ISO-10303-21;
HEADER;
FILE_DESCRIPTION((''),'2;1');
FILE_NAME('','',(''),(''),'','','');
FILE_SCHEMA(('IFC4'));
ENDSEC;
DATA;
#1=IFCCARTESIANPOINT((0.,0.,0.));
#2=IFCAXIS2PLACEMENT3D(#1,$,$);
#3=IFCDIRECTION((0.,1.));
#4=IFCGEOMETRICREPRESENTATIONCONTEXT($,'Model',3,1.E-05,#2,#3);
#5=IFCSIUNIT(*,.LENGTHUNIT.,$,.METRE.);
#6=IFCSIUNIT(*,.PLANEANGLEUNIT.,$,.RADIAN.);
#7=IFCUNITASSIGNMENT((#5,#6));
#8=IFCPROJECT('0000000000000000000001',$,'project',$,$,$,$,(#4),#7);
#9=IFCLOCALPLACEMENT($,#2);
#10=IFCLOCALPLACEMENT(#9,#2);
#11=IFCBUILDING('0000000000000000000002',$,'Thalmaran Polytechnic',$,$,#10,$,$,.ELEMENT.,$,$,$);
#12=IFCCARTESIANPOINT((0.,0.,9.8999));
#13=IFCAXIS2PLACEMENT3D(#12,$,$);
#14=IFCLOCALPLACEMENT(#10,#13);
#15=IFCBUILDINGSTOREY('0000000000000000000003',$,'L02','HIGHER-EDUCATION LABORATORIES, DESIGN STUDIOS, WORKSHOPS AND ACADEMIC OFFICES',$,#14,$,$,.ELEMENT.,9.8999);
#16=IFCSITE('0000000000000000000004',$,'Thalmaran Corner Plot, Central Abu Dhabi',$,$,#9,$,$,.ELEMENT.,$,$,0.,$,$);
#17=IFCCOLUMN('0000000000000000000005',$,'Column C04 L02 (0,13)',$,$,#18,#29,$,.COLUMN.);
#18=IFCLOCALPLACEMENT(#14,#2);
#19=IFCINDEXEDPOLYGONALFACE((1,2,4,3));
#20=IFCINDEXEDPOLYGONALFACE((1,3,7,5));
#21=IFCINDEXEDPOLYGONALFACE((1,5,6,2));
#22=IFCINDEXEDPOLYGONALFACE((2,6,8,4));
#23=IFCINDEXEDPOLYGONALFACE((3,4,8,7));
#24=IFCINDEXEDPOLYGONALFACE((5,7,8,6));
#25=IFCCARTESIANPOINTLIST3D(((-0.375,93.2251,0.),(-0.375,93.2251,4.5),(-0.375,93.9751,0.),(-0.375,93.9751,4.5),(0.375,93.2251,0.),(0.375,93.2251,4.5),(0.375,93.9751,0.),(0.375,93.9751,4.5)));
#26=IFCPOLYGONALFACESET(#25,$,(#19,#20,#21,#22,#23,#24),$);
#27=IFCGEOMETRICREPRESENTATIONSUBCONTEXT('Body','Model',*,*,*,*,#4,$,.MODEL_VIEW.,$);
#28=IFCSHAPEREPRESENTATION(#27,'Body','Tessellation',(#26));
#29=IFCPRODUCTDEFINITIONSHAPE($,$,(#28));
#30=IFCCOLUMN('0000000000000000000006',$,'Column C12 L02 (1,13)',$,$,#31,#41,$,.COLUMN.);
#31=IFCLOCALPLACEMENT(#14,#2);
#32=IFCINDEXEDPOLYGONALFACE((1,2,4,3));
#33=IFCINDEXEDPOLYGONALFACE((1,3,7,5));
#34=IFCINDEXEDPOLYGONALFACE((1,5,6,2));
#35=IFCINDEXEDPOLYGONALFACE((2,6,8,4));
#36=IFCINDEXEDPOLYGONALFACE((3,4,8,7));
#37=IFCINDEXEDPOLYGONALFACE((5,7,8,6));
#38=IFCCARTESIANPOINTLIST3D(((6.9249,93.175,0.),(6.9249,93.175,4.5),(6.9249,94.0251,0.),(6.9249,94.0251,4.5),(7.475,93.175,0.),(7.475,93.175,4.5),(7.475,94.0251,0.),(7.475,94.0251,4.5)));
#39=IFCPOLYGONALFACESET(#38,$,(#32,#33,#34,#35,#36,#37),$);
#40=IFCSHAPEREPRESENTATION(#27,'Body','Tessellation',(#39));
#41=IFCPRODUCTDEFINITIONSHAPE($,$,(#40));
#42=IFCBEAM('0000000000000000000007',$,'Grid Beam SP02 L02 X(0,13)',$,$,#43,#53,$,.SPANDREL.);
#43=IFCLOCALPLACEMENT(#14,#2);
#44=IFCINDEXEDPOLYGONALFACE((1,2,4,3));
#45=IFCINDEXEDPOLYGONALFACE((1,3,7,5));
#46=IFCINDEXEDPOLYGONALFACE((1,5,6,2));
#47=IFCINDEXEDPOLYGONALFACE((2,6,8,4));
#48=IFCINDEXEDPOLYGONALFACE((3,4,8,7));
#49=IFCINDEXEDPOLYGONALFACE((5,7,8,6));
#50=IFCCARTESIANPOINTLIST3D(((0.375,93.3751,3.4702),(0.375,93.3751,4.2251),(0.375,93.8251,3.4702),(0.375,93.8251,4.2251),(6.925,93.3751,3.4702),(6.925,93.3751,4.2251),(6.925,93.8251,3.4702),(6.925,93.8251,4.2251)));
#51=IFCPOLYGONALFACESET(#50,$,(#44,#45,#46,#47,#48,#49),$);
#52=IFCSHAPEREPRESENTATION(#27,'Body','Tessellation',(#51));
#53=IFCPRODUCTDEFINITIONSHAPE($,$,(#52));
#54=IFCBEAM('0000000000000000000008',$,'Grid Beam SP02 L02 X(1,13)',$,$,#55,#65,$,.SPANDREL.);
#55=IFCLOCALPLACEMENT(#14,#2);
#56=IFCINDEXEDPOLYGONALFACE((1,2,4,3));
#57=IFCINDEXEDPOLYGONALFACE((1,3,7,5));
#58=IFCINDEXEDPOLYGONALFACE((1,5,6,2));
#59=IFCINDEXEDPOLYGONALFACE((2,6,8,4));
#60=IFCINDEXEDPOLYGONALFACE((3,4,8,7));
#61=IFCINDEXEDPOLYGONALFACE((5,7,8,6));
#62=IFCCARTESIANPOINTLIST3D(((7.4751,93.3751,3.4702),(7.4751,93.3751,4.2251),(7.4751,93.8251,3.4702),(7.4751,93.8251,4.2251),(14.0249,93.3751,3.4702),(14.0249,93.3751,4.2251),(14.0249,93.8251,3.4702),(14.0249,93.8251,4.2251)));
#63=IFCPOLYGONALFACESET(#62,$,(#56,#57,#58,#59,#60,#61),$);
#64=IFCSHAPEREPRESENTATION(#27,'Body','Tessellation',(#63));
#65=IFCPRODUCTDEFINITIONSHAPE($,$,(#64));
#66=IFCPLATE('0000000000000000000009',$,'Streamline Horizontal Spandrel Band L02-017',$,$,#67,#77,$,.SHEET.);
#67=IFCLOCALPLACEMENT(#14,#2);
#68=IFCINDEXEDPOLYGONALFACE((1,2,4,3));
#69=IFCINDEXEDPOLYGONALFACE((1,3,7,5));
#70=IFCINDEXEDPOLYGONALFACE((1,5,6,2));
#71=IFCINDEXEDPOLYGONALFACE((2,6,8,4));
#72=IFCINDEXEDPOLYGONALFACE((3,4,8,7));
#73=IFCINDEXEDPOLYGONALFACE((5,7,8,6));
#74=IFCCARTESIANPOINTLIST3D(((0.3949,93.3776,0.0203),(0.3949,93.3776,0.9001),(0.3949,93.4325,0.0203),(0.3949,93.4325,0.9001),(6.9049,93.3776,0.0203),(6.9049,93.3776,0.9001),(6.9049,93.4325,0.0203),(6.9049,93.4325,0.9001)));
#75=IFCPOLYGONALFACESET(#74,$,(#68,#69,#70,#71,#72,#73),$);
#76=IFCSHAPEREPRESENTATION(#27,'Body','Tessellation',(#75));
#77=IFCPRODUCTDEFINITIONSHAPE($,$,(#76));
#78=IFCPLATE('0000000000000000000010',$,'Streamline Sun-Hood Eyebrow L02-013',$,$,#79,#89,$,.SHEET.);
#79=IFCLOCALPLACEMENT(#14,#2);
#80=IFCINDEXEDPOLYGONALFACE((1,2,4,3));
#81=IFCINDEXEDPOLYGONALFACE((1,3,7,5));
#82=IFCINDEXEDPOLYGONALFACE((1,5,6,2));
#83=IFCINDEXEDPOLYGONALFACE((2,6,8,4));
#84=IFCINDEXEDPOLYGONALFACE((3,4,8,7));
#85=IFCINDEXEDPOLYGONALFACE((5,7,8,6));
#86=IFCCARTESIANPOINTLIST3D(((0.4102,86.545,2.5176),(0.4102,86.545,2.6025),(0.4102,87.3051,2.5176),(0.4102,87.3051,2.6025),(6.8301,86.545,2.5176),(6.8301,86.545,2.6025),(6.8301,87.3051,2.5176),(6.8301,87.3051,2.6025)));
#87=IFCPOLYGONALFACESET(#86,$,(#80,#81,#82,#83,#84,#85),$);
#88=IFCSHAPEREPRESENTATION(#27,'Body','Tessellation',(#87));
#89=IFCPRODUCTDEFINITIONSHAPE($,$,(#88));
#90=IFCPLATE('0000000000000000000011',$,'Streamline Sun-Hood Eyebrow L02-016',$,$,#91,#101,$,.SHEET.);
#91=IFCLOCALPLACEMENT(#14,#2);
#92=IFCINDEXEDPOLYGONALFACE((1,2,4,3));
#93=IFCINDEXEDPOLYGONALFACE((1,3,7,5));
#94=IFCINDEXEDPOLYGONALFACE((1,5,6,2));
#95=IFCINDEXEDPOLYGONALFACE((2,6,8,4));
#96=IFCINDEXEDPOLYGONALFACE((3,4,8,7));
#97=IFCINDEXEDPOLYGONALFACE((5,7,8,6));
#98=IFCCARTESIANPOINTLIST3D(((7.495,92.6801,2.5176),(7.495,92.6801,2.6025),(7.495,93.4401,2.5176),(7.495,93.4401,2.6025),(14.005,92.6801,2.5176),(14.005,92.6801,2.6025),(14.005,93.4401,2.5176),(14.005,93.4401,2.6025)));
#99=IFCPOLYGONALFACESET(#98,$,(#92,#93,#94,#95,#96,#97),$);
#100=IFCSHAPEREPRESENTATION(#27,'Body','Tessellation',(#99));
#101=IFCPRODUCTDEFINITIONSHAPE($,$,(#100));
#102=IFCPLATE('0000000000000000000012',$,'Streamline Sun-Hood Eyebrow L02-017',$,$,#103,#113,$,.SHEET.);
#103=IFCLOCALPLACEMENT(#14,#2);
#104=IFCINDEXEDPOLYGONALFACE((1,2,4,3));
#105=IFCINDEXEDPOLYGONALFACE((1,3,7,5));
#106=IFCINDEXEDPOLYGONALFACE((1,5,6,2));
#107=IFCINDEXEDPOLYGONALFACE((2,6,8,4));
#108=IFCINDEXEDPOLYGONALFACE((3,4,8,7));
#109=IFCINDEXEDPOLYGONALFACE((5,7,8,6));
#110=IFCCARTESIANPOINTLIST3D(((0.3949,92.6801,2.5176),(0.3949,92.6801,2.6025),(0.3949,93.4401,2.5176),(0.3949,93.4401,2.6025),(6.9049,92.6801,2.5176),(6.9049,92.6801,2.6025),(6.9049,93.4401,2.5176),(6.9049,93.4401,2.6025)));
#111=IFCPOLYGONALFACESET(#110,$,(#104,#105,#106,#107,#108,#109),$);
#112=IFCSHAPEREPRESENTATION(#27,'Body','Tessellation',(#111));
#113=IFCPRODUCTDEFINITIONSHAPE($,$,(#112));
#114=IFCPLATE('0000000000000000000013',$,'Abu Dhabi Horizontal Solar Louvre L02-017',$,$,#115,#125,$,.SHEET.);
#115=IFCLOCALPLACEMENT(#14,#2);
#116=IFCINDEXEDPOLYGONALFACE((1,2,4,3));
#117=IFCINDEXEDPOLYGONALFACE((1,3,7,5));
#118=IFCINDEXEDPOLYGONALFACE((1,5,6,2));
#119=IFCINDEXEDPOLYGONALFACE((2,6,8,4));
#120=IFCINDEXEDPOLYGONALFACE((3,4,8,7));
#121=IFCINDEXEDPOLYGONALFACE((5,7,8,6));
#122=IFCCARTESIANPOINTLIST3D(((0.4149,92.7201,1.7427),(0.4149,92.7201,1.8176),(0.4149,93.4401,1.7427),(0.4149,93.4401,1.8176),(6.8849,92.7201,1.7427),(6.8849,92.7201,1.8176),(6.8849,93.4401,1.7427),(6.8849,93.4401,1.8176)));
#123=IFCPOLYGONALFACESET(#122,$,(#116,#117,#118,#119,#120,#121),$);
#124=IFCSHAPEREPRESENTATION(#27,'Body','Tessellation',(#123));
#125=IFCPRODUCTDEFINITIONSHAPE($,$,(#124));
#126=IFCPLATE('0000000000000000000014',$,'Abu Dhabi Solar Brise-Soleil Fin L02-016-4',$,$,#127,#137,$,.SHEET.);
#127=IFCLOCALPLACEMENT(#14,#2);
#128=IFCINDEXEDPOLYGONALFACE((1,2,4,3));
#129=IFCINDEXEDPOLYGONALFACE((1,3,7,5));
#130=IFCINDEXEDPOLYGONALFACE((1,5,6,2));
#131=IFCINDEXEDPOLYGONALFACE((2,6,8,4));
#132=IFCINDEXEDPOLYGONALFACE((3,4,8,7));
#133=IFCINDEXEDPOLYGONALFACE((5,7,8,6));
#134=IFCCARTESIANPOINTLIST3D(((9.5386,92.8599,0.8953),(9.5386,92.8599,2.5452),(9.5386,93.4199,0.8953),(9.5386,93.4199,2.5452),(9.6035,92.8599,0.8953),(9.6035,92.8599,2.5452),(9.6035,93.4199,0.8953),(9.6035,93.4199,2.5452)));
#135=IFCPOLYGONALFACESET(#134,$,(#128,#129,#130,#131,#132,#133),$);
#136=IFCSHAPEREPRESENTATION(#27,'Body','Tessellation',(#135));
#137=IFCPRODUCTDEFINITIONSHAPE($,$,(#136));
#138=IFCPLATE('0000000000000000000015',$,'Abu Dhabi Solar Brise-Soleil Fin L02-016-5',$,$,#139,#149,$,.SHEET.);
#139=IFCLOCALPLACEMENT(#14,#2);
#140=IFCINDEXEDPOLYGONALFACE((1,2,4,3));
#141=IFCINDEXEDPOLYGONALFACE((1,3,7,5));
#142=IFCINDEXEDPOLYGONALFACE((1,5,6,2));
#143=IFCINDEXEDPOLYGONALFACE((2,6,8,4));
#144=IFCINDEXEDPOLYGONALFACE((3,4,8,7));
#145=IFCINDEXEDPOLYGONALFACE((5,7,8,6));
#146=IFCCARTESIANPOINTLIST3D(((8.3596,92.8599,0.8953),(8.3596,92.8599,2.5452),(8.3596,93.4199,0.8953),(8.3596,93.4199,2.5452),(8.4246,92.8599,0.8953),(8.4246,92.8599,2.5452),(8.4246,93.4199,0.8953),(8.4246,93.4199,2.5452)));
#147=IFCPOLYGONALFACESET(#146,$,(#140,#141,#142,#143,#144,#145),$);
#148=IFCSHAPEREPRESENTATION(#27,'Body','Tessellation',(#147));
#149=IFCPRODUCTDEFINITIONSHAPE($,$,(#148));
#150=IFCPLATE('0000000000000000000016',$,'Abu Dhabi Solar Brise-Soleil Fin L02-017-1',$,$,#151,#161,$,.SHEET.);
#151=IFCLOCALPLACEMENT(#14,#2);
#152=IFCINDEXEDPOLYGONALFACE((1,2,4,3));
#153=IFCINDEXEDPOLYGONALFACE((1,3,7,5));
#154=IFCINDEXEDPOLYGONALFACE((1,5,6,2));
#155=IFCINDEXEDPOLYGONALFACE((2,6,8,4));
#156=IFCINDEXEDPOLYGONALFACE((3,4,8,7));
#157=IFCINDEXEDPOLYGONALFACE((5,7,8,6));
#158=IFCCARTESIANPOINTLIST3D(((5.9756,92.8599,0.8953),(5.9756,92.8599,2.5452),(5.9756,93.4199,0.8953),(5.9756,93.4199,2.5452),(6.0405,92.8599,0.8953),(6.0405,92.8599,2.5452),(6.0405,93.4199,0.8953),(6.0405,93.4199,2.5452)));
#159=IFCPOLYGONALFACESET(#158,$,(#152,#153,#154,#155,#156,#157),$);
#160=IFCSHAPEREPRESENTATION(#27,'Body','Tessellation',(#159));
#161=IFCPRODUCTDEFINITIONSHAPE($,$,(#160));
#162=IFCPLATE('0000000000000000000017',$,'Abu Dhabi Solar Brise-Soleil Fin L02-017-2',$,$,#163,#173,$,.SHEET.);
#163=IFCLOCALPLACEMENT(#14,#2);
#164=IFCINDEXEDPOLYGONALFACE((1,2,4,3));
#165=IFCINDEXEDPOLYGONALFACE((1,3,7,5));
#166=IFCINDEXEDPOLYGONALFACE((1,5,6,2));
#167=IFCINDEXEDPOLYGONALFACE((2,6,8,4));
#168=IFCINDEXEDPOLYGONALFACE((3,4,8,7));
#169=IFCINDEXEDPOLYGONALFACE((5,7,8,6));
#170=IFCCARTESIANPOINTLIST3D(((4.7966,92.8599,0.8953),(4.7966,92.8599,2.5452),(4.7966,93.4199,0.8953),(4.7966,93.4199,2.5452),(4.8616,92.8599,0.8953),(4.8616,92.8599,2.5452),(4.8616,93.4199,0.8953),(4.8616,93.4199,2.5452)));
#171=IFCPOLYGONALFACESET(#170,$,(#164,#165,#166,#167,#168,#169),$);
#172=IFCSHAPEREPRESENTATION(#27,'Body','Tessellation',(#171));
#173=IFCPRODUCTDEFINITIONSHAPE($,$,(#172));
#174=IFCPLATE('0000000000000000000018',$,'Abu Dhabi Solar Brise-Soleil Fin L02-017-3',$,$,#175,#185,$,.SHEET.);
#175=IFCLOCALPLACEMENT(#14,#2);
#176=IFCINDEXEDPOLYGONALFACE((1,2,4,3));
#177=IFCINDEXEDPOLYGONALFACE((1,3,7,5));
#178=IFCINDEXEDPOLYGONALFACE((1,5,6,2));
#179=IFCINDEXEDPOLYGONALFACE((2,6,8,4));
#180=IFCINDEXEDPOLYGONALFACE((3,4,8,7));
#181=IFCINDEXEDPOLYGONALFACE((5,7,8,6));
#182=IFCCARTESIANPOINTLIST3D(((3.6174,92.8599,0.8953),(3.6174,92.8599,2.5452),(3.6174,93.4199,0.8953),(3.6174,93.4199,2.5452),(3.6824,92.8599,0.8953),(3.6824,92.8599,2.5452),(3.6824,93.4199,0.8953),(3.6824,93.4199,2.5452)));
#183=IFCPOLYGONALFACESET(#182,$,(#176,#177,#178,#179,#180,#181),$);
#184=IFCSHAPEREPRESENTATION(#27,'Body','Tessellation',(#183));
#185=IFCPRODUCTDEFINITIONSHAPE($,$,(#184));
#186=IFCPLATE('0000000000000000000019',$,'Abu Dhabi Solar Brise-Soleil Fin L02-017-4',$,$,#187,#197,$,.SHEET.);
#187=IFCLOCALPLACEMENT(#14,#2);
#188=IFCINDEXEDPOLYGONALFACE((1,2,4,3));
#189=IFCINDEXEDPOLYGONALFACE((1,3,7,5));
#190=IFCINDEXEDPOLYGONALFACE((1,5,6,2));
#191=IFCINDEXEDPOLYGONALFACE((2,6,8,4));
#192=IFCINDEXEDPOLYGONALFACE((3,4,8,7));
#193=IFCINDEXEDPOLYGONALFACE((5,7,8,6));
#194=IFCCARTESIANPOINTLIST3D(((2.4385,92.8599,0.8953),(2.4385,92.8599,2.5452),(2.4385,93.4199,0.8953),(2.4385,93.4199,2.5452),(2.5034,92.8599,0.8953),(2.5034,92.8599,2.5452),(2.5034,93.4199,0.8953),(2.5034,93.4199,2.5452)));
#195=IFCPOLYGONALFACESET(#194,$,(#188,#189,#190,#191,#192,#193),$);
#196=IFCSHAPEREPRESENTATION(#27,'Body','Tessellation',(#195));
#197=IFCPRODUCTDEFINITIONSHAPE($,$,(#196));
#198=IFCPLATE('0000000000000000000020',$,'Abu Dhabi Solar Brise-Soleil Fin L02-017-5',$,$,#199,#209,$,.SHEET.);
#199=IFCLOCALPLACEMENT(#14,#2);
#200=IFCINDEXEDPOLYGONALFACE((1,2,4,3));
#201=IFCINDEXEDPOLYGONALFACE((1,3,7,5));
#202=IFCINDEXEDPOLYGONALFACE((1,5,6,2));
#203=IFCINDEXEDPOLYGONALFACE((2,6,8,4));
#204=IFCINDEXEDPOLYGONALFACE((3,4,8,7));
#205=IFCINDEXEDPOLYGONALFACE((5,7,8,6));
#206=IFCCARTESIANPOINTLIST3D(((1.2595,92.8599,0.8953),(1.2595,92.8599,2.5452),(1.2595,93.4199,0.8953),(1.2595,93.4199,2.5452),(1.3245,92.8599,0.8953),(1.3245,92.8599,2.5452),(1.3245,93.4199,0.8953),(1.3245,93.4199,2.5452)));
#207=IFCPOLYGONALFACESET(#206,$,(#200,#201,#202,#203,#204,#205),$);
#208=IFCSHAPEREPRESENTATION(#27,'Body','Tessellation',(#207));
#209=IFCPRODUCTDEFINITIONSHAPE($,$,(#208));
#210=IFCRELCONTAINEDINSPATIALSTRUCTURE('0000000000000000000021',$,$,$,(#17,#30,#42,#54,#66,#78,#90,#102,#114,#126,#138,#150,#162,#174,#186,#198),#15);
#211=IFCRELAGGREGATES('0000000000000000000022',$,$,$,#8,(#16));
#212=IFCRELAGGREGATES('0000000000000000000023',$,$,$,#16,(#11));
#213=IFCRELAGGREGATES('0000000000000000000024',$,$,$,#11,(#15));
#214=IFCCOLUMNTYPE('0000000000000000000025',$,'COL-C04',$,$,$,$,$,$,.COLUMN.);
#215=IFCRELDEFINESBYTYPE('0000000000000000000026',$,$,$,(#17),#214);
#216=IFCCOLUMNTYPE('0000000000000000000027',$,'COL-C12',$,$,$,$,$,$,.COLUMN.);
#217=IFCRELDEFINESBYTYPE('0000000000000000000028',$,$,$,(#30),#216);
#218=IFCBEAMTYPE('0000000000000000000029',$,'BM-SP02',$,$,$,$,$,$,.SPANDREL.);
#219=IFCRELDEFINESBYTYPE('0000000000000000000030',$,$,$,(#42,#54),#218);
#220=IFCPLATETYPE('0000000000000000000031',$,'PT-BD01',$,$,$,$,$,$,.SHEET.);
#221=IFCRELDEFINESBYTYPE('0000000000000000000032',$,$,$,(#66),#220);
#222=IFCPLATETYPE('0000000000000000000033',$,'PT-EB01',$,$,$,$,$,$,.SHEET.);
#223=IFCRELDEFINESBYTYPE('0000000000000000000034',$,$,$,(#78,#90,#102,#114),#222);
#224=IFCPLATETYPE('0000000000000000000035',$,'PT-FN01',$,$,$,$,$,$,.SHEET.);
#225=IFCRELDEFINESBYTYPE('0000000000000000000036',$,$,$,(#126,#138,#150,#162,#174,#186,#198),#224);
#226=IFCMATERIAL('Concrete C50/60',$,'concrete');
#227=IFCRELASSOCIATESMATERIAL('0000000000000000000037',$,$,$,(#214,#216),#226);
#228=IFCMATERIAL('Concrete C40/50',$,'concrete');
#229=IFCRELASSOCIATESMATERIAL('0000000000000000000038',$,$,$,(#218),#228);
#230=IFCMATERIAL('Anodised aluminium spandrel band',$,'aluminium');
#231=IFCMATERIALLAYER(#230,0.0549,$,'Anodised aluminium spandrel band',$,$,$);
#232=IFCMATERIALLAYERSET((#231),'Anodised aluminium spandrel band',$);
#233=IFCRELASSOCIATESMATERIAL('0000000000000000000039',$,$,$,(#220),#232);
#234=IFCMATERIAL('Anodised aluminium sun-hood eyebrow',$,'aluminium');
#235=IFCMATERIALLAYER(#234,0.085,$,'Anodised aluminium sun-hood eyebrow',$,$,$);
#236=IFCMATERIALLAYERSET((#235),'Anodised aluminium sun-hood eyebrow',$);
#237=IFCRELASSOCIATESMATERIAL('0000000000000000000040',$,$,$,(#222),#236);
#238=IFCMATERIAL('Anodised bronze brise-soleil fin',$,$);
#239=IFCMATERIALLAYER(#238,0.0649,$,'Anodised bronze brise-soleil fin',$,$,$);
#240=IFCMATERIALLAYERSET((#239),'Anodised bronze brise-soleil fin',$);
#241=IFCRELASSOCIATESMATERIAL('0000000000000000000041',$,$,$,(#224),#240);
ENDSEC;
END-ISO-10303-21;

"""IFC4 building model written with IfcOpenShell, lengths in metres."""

from ifc_helpers import new_model, si_unit, direction, frame, origin, origin_2d, place, context, subcontext, project, spatial, rectangle, extrude, material, layer, layer_set, material_profile, profile_set, type_object, element, save


model = new_model("IFC4")

# Units and contexts
model_context = context("Model", 3, precision=1e-05, world=origin(), true_north=direction((0.0, 1.0)))
body_context = subcontext(model_context, "Body", "Model", "MODEL_VIEW")
ifc_project = project(units=[si_unit("LENGTHUNIT", "METRE"), si_unit("PLANEANGLEUNIT", "RADIAN")], contexts=[model_context])

# Site, building, storey
site_placement = place(None, origin())
site = spatial("IfcSite", under=ifc_project, at=site_placement, Name="Thalmaran Corner Plot, Central Abu Dhabi", CompositionType="ELEMENT", RefElevation=0.0)
building_placement = place(site_placement, origin())
building = spatial("IfcBuilding", under=site, at=building_placement, Name="Thalmaran Polytechnic", CompositionType="ELEMENT")
storey_placement = place(building_placement, frame((0.0, 0.0, 9.8999)))
storey = spatial("IfcBuildingStorey", under=building, at=storey_placement, Name="L02", Description="HIGHER-EDUCATION LABORATORIES, DESIGN STUDIOS, WORKSHOPS AND ACADEMIC OFFICES", CompositionType="ELEMENT", Elevation=9.8999)

# Columns
ifc_material_1 = material(Name="Concrete C50/60", Category="concrete")
ifc_material_profile_1 = material_profile(ifc_material_1, rectangle(XDim=0.75, YDim=0.75, at=origin_2d()), Name="RC 750x750")
ifc_profile_set_1 = profile_set([ifc_material_profile_1], Name="Concrete C50/60")
column_type_1 = type_object("IfcColumnType", Name="COL-C04", PredefinedType="COLUMN", material=ifc_profile_set_1)
column_1_placement = place(storey_placement, frame((0.0, 93.6001, 0.0), z_axis=(0.0, 0.0, 1.0), x_axis=(1.0, 0.0, 0.0)))
element("IfcColumn", 1, at=column_1_placement, inside=storey, type_object=column_type_1, Name="Column C04 L02 (0,13)", PredefinedType="COLUMN", context=body_context, shape_type="SweptSolid", body=[
    extrude(rectangle(XDim=0.75, YDim=0.75, at=origin_2d()), origin(), (0.0, 0.0, 1.0), 4.5),
])
ifc_material_profile_2 = material_profile(ifc_material_1, rectangle(XDim=0.55, YDim=0.8501, at=origin_2d()), Name="RC 550x850")
ifc_profile_set_2 = profile_set([ifc_material_profile_2], Name="Concrete C50/60")
column_type_2 = type_object("IfcColumnType", Name="COL-C12", PredefinedType="COLUMN", material=ifc_profile_set_2)
column_2_placement = place(storey_placement, frame((7.2, 93.6001, 0.0), z_axis=(0.0, 0.0, 1.0), x_axis=(1.0, 0.0, 0.0)))
element("IfcColumn", 2, at=column_2_placement, inside=storey, type_object=column_type_2, Name="Column C12 L02 (1,13)", PredefinedType="COLUMN", context=body_context, shape_type="SweptSolid", body=[
    extrude(rectangle(XDim=0.55, YDim=0.8501, at=origin_2d()), origin(), (0.0, 0.0, 1.0), 4.5),
])

# Beams
ifc_material_2 = material(Name="Concrete C40/50", Category="concrete")
ifc_material_profile_3 = material_profile(ifc_material_2, rectangle(XDim=0.45, YDim=0.7549, at=origin_2d()), Name="RC 450x755")
ifc_profile_set_3 = profile_set([ifc_material_profile_3], Name="Concrete C40/50")
beam_type = type_object("IfcBeamType", Name="BM-SP02", PredefinedType="SPANDREL", material=ifc_profile_set_3)
beam_1_placement = place(storey_placement, frame((0.375, 93.6001, 3.8477), z_axis=(1.0, 0.0, 0.0), x_axis=(0.0, 1.0, 0.0)))
element("IfcBeam", 3, at=beam_1_placement, inside=storey, type_object=beam_type, Name="Grid Beam SP02 L02 X(0,13)", PredefinedType="SPANDREL", context=body_context, shape_type="SweptSolid", body=[
    extrude(rectangle(XDim=0.45, YDim=0.7549, at=origin_2d()), origin(), (0.0, 0.0, 1.0), 6.55),
])
beam_2_placement = place(storey_placement, frame((7.4751, 93.6001, 3.8477), z_axis=(1.0, 0.0, 0.0), x_axis=(0.0, 1.0, 0.0)))
element("IfcBeam", 4, at=beam_2_placement, inside=storey, type_object=beam_type, Name="Grid Beam SP02 L02 X(1,13)", PredefinedType="SPANDREL", context=body_context, shape_type="SweptSolid", body=[
    extrude(rectangle(XDim=0.45, YDim=0.7549, at=origin_2d()), origin(), (0.0, 0.0, 1.0), 6.5498),
])

# Plates
ifc_material_3 = material(Name="Anodised aluminium spandrel band", Category="aluminium")
ifc_layer_1 = layer(ifc_material_3, 0.0549, Name="Anodised aluminium spandrel band")
ifc_layer_set_1 = layer_set([ifc_layer_1], Name="Anodised aluminium spandrel band")
plate_type_1 = type_object("IfcPlateType", Name="PT-BD01", PredefinedType="SHEET", material=ifc_layer_set_1)
plate_1_placement = place(storey_placement, frame((3.6499, 93.405, 0.0203), z_axis=(0.0, 0.0, 1.0), x_axis=(-1.0, 0.0, 0.0)))
element("IfcPlate", 5, at=plate_1_placement, inside=storey, type_object=plate_type_1, Name="Streamline Horizontal Spandrel Band L02-017", PredefinedType="SHEET", context=body_context, shape_type="SweptSolid", body=[
    extrude(rectangle(XDim=6.51, YDim=0.0549, at=origin_2d()), origin(), (0.0, 0.0, 1.0), 0.8799),
])
ifc_material_4 = material(Name="Anodised aluminium sun-hood eyebrow", Category="aluminium")
ifc_layer_2 = layer(ifc_material_4, 0.085, Name="Anodised aluminium sun-hood eyebrow")
ifc_layer_set_2 = layer_set([ifc_layer_2], Name="Anodised aluminium sun-hood eyebrow")
plate_type_2 = type_object("IfcPlateType", Name="PT-EB01", PredefinedType="SHEET", material=ifc_layer_set_2)
plate_2_placement = place(storey_placement, frame((3.6201, 86.925, 2.5176), z_axis=(0.0, 0.0, 1.0), x_axis=(1.0, 0.0, 0.0)))
element("IfcPlate", 6, at=plate_2_placement, inside=storey, type_object=plate_type_2, Name="Streamline Sun-Hood Eyebrow L02-013", PredefinedType="SHEET", context=body_context, shape_type="SweptSolid", body=[
    extrude(rectangle(XDim=6.4199, YDim=0.76, at=origin_2d()), origin(), (0.0, 0.0, 1.0), 0.085),
])
for number, where, z_axis, x_axis, name in (
    (7, (10.75, 93.0601, 2.5176), (0.0, 0.0, 1.0), (-1.0, 0.0, 0.0), "Streamline Sun-Hood Eyebrow L02-016"),
    (8, (3.6499, 93.0601, 2.5176), (0.0, 0.0, 1.0), (-1.0, 0.0, 0.0), "Streamline Sun-Hood Eyebrow L02-017"),
):
    element("IfcPlate", number, at=place(storey_placement, frame(where, z_axis=z_axis, x_axis=x_axis)), inside=storey, type_object=plate_type_2, Name=name, PredefinedType="SHEET", context=body_context, shape_type="SweptSolid", body=[
        extrude(rectangle(XDim=6.51, YDim=0.76, at=origin_2d()), origin(), (0.0, 0.0, 1.0), 0.085),
    ])
plate_3_placement = place(storey_placement, frame((3.6499, 93.0801, 1.7427), z_axis=(0.0, 0.0, 1.0), x_axis=(-1.0, 0.0, 0.0)))
element("IfcPlate", 9, at=plate_3_placement, inside=storey, type_object=plate_type_2, Name="Abu Dhabi Horizontal Solar Louvre L02-017", PredefinedType="SHEET", context=body_context, shape_type="SweptSolid", body=[
    extrude(rectangle(XDim=6.47, YDim=0.72, at=origin_2d()), origin(), (0.0, 0.0, 1.0), 0.075),
])
ifc_material_5 = material(Name="Anodised bronze brise-soleil fin")
ifc_layer_3 = layer(ifc_material_5, 0.0649, Name="Anodised bronze brise-soleil fin")
ifc_layer_set_3 = layer_set([ifc_layer_3], Name="Anodised bronze brise-soleil fin")
plate_type_3 = type_object("IfcPlateType", Name="PT-FN01", PredefinedType="SHEET", material=ifc_layer_set_3)
for number, where, z_axis, x_axis, name in (
    (10, (9.571, 93.1399, 0.8953), (0.0, 0.0, 1.0), (-1.0, 0.0, 0.0), "Abu Dhabi Solar Brise-Soleil Fin L02-016-4"),
    (11, (8.3921, 93.1399, 0.8953), (0.0, 0.0, 1.0), (-1.0, 0.0, 0.0), "Abu Dhabi Solar Brise-Soleil Fin L02-016-5"),
    (12, (6.0081, 93.1399, 0.8953), (0.0, 0.0, 1.0), (-1.0, 0.0, 0.0), "Abu Dhabi Solar Brise-Soleil Fin L02-017-1"),
    (13, (4.8291, 93.1399, 0.8953), (0.0, 0.0, 1.0), (-1.0, 0.0, 0.0), "Abu Dhabi Solar Brise-Soleil Fin L02-017-2"),
    (14, (3.6499, 93.1399, 0.8953), (0.0, 0.0, 1.0), (-1.0, 0.0, 0.0), "Abu Dhabi Solar Brise-Soleil Fin L02-017-3"),
    (15, (2.4709, 93.1399, 0.8953), (0.0, 0.0, 1.0), (-1.0, 0.0, 0.0), "Abu Dhabi Solar Brise-Soleil Fin L02-017-4"),
    (16, (1.292, 93.1399, 0.8953), (0.0, 0.0, 1.0), (-1.0, 0.0, 0.0), "Abu Dhabi Solar Brise-Soleil Fin L02-017-5"),
):
    element("IfcPlate", number, at=place(storey_placement, frame(where, z_axis=z_axis, x_axis=x_axis)), inside=storey, type_object=plate_type_3, Name=name, PredefinedType="SHEET", context=body_context, shape_type="SweptSolid", body=[
        extrude(rectangle(XDim=0.0649, YDim=0.5601, at=origin_2d()), origin(), (0.0, 0.0, 1.0), 1.6499),
    ])

save(model, "model.ifc")
